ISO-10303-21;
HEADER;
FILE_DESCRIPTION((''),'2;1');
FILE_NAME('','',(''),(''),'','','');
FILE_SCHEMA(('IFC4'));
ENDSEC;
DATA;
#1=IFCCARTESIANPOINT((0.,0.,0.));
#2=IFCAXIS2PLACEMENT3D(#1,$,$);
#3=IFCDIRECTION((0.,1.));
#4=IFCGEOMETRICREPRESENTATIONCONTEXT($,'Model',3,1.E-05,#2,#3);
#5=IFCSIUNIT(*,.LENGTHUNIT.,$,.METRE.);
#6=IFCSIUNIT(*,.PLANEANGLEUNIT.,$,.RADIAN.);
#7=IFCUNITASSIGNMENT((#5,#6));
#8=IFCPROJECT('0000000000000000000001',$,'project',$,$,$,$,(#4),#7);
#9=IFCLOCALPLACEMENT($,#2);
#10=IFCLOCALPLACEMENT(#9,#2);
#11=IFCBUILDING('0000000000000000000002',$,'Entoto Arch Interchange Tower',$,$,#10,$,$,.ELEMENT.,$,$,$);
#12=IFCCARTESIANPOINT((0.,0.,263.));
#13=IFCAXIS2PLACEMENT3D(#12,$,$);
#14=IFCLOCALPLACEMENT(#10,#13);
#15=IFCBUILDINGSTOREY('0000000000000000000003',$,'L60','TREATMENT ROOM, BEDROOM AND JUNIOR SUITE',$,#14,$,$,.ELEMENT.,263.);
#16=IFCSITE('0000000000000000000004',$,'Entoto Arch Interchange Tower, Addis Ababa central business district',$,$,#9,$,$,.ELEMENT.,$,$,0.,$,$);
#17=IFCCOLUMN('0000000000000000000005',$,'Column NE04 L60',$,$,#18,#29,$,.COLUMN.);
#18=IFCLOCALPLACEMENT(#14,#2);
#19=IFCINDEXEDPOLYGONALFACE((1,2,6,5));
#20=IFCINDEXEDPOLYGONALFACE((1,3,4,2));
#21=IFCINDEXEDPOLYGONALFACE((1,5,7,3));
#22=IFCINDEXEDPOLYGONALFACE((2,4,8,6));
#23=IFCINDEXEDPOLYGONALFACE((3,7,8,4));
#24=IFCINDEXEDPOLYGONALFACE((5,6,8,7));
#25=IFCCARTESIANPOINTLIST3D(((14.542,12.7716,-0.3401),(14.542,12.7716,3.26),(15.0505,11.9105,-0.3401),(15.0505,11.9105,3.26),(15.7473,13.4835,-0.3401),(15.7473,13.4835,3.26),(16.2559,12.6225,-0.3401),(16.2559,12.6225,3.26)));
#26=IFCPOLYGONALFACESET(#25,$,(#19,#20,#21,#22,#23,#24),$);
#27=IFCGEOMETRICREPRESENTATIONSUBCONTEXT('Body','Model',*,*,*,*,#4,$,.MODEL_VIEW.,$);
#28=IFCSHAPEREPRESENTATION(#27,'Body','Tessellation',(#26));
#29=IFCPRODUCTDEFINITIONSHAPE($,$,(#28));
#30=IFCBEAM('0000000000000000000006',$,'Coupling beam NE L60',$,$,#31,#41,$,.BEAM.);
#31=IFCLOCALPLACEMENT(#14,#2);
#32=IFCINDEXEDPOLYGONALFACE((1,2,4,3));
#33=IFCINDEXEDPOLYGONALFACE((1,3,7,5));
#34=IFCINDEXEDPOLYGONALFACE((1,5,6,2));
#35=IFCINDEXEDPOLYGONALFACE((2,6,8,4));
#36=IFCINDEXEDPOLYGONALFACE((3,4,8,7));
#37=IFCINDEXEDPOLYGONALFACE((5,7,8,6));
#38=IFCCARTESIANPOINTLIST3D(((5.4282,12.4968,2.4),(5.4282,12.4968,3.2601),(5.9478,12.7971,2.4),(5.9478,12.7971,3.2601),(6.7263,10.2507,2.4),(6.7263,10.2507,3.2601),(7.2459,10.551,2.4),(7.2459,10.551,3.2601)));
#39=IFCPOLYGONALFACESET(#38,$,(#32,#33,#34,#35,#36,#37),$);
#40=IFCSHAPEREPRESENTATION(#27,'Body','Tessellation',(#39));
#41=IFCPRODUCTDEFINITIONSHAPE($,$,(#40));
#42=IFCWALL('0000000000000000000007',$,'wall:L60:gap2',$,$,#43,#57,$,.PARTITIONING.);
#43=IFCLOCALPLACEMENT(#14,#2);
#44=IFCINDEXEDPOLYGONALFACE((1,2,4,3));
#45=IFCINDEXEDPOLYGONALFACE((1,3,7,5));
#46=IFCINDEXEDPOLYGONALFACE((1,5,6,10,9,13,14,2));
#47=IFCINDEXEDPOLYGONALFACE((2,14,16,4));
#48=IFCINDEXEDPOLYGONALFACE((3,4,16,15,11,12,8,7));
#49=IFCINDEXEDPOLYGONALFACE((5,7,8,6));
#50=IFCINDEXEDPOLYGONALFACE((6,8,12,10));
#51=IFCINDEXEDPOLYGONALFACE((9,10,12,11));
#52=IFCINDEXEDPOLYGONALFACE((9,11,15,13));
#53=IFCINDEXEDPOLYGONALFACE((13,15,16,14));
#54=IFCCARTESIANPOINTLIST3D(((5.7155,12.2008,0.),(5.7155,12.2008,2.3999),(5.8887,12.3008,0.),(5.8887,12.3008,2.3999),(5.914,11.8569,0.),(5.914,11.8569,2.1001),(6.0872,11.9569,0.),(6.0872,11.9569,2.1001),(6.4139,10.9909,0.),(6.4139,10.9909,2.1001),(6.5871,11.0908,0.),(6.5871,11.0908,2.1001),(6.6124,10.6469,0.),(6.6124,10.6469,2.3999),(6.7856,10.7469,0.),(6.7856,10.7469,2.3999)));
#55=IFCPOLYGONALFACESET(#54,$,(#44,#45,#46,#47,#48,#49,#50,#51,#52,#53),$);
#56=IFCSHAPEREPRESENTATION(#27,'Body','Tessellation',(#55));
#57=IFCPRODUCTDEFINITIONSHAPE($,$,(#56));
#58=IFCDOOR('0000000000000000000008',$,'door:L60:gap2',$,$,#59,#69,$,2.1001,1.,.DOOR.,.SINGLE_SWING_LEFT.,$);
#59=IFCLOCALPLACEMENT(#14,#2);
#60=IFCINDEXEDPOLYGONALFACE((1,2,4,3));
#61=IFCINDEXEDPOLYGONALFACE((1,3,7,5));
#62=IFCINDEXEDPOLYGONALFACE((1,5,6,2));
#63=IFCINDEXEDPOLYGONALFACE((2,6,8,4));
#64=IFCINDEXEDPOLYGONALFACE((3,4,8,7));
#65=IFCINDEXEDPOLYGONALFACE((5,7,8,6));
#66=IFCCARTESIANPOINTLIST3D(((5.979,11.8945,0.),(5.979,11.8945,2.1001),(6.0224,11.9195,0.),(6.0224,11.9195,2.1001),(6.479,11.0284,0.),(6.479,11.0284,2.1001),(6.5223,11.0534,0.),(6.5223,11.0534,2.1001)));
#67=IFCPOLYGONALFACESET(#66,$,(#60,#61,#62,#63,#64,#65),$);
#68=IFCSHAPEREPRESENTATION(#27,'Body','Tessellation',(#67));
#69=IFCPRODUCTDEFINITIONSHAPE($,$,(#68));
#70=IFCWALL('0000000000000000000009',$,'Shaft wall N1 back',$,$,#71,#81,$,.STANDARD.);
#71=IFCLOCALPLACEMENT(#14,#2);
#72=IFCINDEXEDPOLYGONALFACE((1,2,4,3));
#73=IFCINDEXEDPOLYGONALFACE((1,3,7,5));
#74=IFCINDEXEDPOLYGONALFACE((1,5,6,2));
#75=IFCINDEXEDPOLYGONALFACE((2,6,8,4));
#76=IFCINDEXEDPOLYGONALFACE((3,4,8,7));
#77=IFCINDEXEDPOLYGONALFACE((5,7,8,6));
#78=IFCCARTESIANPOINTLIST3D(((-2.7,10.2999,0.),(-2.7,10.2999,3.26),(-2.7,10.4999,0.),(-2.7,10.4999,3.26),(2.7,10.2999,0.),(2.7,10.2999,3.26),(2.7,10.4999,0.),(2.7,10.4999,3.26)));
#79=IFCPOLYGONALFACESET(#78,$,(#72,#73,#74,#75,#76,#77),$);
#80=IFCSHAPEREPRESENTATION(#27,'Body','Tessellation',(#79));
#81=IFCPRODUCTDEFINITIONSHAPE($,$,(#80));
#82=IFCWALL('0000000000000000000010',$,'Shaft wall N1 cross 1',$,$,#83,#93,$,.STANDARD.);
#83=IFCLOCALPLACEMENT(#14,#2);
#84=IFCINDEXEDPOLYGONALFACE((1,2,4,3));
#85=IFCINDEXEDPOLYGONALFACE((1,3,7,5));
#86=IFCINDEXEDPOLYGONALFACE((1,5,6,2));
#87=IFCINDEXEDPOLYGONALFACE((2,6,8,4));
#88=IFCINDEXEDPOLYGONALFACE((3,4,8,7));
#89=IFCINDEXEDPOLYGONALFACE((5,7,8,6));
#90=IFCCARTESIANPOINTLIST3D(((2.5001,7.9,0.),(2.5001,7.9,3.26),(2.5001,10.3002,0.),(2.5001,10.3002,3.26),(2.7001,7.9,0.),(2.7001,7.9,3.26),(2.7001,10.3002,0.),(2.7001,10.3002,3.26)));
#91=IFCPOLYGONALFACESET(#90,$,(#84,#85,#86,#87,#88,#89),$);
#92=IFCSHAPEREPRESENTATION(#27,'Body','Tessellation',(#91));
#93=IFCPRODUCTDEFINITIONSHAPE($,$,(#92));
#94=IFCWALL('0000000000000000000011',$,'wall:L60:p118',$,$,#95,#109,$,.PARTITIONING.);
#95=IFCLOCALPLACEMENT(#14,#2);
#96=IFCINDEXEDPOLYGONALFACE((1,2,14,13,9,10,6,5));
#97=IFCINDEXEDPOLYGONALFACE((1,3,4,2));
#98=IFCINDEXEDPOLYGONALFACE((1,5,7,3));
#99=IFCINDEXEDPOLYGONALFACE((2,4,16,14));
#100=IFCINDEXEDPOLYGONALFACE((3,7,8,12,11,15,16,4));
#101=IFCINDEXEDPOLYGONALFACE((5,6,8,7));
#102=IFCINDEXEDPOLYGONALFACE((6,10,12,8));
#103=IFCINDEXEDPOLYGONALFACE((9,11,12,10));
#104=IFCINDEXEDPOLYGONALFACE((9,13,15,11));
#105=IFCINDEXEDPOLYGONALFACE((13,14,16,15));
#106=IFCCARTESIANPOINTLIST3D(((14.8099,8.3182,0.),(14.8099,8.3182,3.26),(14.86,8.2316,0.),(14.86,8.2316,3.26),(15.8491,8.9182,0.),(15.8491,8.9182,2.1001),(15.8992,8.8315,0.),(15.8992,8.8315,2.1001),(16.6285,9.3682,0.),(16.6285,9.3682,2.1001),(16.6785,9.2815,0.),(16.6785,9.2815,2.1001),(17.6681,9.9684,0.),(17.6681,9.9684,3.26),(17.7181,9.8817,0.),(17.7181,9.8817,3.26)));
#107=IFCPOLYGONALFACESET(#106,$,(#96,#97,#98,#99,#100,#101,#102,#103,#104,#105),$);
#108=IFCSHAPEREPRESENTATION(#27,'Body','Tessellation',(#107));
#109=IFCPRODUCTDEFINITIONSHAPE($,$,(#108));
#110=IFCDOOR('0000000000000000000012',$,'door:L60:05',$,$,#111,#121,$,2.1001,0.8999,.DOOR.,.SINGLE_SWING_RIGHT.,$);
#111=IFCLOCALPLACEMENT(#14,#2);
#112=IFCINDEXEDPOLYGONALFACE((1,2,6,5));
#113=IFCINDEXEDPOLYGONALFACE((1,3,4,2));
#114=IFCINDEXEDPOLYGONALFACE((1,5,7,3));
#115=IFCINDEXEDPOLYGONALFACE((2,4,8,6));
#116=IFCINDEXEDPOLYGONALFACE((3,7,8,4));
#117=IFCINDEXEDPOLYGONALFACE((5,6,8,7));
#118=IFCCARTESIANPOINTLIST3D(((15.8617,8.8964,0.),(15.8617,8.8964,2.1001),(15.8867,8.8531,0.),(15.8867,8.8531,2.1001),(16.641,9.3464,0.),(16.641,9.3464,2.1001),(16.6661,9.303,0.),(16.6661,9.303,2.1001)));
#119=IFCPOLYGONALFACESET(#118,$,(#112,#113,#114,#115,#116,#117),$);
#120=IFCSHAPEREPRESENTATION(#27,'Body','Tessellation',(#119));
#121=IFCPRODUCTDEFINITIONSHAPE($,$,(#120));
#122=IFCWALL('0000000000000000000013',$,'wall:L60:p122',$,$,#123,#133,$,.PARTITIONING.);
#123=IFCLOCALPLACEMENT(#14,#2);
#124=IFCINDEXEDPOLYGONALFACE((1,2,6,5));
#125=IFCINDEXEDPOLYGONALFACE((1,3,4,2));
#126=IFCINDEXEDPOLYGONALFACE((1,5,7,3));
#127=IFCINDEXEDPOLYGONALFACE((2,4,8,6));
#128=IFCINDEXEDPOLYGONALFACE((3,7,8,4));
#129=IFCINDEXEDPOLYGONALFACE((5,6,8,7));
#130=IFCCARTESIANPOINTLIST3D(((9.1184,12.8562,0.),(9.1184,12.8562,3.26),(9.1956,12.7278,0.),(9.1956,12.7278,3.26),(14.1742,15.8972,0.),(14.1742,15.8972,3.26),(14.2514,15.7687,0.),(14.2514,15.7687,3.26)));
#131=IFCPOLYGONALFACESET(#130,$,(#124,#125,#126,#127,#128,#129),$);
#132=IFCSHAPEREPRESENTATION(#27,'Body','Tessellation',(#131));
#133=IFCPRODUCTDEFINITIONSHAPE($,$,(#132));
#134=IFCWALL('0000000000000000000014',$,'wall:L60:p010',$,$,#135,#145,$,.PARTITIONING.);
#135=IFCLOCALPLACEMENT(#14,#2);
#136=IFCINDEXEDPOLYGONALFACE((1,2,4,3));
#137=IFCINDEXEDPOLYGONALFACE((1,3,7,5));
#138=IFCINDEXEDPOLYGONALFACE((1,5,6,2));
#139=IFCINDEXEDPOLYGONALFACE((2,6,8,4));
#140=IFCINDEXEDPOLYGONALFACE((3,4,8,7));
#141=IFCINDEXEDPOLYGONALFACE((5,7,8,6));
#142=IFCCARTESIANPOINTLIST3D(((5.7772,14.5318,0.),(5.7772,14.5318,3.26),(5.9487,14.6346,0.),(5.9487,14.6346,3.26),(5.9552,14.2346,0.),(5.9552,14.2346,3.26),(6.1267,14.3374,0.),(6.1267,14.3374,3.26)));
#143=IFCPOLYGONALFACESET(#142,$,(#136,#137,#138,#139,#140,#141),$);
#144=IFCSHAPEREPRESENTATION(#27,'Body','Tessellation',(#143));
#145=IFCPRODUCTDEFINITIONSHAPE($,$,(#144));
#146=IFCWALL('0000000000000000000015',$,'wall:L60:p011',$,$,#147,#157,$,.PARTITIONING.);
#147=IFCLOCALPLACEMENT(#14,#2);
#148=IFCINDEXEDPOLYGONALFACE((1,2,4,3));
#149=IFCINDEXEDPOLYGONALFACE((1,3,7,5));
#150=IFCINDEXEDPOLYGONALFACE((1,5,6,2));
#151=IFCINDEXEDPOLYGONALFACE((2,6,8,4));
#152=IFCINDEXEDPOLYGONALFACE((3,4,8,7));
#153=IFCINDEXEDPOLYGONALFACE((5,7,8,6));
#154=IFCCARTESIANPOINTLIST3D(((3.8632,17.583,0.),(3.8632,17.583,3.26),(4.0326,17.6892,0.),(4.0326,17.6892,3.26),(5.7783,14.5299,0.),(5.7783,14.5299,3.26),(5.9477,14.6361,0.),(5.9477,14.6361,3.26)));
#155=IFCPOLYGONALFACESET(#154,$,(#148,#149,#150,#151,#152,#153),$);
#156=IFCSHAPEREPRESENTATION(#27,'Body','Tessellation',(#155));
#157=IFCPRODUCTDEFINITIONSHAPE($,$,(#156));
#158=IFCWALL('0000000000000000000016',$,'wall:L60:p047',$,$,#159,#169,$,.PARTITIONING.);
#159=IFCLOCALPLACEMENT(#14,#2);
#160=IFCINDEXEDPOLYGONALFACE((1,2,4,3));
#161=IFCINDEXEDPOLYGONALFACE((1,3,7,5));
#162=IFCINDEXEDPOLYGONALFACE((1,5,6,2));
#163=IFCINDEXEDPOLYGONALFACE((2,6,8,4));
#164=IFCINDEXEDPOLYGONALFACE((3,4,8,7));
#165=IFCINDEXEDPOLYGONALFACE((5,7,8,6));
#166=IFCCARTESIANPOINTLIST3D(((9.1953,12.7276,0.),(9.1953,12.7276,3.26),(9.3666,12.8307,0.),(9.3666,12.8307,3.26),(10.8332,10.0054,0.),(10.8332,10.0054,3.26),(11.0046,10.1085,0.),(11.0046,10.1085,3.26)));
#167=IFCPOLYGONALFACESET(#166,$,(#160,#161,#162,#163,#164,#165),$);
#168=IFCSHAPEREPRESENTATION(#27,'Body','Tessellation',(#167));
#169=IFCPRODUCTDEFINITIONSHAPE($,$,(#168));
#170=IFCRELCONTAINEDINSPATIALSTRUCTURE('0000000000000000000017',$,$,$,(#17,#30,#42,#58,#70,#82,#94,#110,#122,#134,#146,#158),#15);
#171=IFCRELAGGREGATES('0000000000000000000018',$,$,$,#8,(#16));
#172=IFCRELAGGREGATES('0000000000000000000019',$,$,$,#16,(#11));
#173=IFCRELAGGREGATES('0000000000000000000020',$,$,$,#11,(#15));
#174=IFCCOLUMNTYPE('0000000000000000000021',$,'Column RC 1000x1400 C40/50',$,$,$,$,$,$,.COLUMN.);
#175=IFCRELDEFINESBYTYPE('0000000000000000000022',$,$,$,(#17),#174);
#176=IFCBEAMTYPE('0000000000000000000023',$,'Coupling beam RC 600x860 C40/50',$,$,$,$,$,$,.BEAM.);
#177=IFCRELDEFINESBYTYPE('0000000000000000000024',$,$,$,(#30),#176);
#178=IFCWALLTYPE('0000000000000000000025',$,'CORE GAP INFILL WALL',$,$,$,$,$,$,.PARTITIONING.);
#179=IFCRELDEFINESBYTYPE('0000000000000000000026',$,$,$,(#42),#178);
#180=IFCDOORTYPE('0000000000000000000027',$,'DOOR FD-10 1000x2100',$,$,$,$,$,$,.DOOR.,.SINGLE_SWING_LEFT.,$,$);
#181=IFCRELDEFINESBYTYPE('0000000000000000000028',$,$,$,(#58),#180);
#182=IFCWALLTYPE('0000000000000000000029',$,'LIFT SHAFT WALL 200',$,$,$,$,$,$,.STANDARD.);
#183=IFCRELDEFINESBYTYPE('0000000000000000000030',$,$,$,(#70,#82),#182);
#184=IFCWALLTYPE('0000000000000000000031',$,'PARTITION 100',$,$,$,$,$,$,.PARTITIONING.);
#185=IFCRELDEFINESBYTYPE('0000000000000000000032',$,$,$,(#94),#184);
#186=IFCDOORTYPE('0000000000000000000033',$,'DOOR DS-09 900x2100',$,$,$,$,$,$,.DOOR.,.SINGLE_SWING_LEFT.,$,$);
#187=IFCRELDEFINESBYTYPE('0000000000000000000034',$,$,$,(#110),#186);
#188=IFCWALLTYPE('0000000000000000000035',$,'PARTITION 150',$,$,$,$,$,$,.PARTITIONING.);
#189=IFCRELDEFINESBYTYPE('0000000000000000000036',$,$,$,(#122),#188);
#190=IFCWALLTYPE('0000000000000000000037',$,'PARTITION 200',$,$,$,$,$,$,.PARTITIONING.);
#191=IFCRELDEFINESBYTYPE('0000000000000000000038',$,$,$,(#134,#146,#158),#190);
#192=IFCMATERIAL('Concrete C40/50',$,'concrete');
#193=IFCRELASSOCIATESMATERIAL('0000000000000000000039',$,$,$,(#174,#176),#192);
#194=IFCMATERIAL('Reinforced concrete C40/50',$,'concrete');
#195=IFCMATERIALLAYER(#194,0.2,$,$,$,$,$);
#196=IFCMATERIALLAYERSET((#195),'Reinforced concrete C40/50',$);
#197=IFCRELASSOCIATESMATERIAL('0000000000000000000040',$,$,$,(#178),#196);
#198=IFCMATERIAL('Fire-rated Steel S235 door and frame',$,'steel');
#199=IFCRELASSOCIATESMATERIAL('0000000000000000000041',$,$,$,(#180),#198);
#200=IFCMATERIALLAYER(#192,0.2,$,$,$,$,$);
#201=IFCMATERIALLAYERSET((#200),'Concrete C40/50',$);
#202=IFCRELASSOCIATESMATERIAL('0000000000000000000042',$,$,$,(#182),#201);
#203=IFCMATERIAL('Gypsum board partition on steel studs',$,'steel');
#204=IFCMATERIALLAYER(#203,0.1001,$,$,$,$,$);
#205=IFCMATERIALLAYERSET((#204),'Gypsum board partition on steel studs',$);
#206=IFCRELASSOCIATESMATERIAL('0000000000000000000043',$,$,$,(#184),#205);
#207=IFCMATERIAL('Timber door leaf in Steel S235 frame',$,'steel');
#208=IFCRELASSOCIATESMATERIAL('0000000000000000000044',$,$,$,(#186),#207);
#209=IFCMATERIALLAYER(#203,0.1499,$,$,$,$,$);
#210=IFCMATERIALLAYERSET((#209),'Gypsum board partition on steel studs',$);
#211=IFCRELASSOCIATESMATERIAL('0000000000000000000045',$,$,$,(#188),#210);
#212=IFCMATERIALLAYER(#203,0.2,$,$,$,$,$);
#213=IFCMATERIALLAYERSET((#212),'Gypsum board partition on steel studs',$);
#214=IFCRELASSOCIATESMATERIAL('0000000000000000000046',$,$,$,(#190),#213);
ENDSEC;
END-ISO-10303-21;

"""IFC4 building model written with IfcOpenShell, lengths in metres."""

from ifc_helpers import new_model, si_unit, direction, frame, frame_2d, origin, origin_2d, place, context, subcontext, project, spatial, rectangle, extrude, material, layer, layer_set, material_profile, profile_set, type_object, element, fill, save


model = new_model("IFC4")

# Units and contexts
model_context = context("Model", 3, precision=1e-05, world=origin(), true_north=direction((0.0, 1.0)))
body_context = subcontext(model_context, "Body", "Model", "MODEL_VIEW")
ifc_project = project(units=[si_unit("LENGTHUNIT", "METRE"), si_unit("PLANEANGLEUNIT", "RADIAN")], contexts=[model_context])

# Site, building, storey
site_placement = place(None, origin())
site = spatial("IfcSite", under=ifc_project, at=site_placement, Name="Entoto Arch Interchange Tower, Addis Ababa central business district", CompositionType="ELEMENT", RefElevation=0.0)
building_placement = place(site_placement, origin())
building = spatial("IfcBuilding", under=site, at=building_placement, Name="Entoto Arch Interchange Tower", CompositionType="ELEMENT")
storey_placement = place(building_placement, frame((0.0, 0.0, 263.0)))
storey = spatial("IfcBuildingStorey", under=building, at=storey_placement, Name="L60", Description="TREATMENT ROOM, BEDROOM AND JUNIOR SUITE", CompositionType="ELEMENT", Elevation=263.0)

# Column
ifc_material_1 = material(Name="Concrete C40/50", Category="concrete")
ifc_material_profile_1 = material_profile(ifc_material_1, rectangle(XDim=1.0, YDim=1.3999, at=origin_2d()))
ifc_profile_set_1 = profile_set([ifc_material_profile_1], Name="Concrete C40/50")
column_type = type_object("IfcColumnType", Name="Column RC 1000x1400 C40/50", PredefinedType="COLUMN", material=ifc_profile_set_1)
column_placement = place(storey_placement, frame((15.3989, 12.697, -0.3401), z_axis=(0.0, 0.0, 1.0), x_axis=(-0.508576, 0.861017, 0.0)))
element("IfcColumn", 1, at=column_placement, inside=storey, type_object=column_type, Name="Column NE04 L60", PredefinedType="COLUMN", context=body_context, shape_type="SweptSolid", body=[
    extrude(rectangle(XDim=1.0, YDim=1.3999, at=origin_2d()), origin(), (0.0, 0.0, 1.0), 3.6001),
])

# Beam
ifc_material_profile_2 = material_profile(ifc_material_1, rectangle(XDim=0.6001, YDim=0.8601, at=origin_2d()))
ifc_profile_set_2 = profile_set([ifc_material_profile_2], Name="Concrete C40/50")
beam_type = type_object("IfcBeamType", Name="Coupling beam RC 600x860 C40/50", PredefinedType="BEAM", material=ifc_profile_set_2)
beam_placement = place(storey_placement, frame((6.9861, 10.4009, 2.8301), z_axis=(-0.50038, 0.865806, 0.0), x_axis=(-0.865806, -0.50038, 0.0)))
element("IfcBeam", 2, at=beam_placement, inside=storey, type_object=beam_type, Name="Coupling beam NE L60", PredefinedType="BEAM", context=body_context, shape_type="SweptSolid", body=[
    extrude(rectangle(XDim=0.6001, YDim=0.8601, at=origin_2d()), origin(), (0.0, 0.0, 1.0), 2.5942),
])

# Wall, opening, door
ifc_material_2 = material(Name="Reinforced concrete C40/50", Category="concrete")
ifc_layer_1 = layer(ifc_material_2, 0.2)
ifc_layer_set_1 = layer_set([ifc_layer_1], Name="Reinforced concrete C40/50")
wall_type_1 = type_object("IfcWallType", Name="CORE GAP INFILL WALL", PredefinedType="PARTITIONING", material=ifc_layer_set_1)
wall_1_placement = place(storey_placement, frame((6.699, 10.697, 0.0), z_axis=(0.0, 0.0, 1.0), x_axis=(-0.499915, 0.866075, 0.0)))
wall_1 = element("IfcWall", 3, at=wall_1_placement, inside=storey, type_object=wall_type_1, Name="wall:L60:gap2", PredefinedType="PARTITIONING", context=body_context, shape_type="SweptSolid", body=[
    extrude(rectangle(XDim=1.7942, YDim=0.2, at=frame_2d((0.897, 0.0))), origin(), (0.0, 0.0, 1.0), 2.3999),
])
opening_1_placement = place(wall_1_placement, frame((0.397, 0.0, 0.0)))
opening_1 = element("IfcOpeningElement", 4, at=opening_1_placement, cuts=wall_1, PredefinedType="OPENING", context=body_context, shape_type="SweptSolid", body=[
    extrude(rectangle(XDim=1.0, YDim=2.1001, at=frame_2d((0.5, 1.05))), frame((0.0, 0.1099, 0.0), z_axis=(0.0, -1.0, 0.0), x_axis=(1.0, 0.0, 0.0)), (0.0, 0.0, 1.0), 0.22),
])
ifc_material_3 = material(Name="Fire-rated Steel S235 door and frame", Category="steel")
door_type_1 = type_object("IfcDoorType", Name="DOOR FD-10 1000x2100", OperationType="SINGLE_SWING_LEFT", PredefinedType="DOOR", material=ifc_material_3)
door_1_placement = place(opening_1_placement, origin())
door_1 = element("IfcDoor", 5, at=door_1_placement, inside=storey, type_object=door_type_1, Name="door:L60:gap2", OperationType="SINGLE_SWING_LEFT", OverallHeight=2.1001, OverallWidth=1.0, PredefinedType="DOOR", context=body_context, shape_type="SweptSolid", body=[
    extrude(rectangle(XDim=1.0, YDim=2.1001, at=frame_2d((0.5, 1.05))), frame((0.0, 0.0249, 0.0), z_axis=(0.0, -1.0, 0.0), x_axis=(1.0, 0.0, 0.0)), (0.0, 0.0, 1.0), 0.05),
])
fill(opening_1, door_1)

# Walls
ifc_layer_2 = layer(ifc_material_1, 0.2)
ifc_layer_set_2 = layer_set([ifc_layer_2], Name="Concrete C40/50")
wall_type_2 = type_object("IfcWallType", Name="LIFT SHAFT WALL 200", PredefinedType="STANDARD", material=ifc_layer_set_2)
wall_2_placement = place(storey_placement, frame((2.7, 10.3999, 0.0), z_axis=(0.0, 0.0, 1.0), x_axis=(-1.0, 0.0, 0.0)))
element("IfcWall", 6, at=wall_2_placement, inside=storey, type_object=wall_type_2, Name="Shaft wall N1 back", PredefinedType="STANDARD", context=body_context, shape_type="SweptSolid", body=[
    extrude(rectangle(XDim=5.3999, YDim=0.2, at=frame_2d((2.7, 0.0))), origin(), (0.0, 0.0, 1.0), 3.26),
])
wall_3_placement = place(storey_placement, frame((2.6001, 7.8999, 0.0), z_axis=(0.0, 0.0, 1.0), x_axis=(0.0, 1.0, 0.0)))
element("IfcWall", 7, at=wall_3_placement, inside=storey, type_object=wall_type_2, Name="Shaft wall N1 cross 1", PredefinedType="STANDARD", context=body_context, shape_type="SweptSolid", body=[
    extrude(rectangle(XDim=2.4001, YDim=0.2, at=frame_2d((1.2002, 0.0))), origin(), (0.0, 0.0, 1.0), 3.26),
])

# Wall, opening, door
ifc_material_4 = material(Name="Gypsum board partition on steel studs", Category="steel")
ifc_layer_3 = layer(ifc_material_4, 0.1001)
ifc_layer_set_3 = layer_set([ifc_layer_3], Name="Gypsum board partition on steel studs")
wall_type_3 = type_object("IfcWallType", Name="PARTITION 100", PredefinedType="PARTITIONING", material=ifc_layer_set_3)
wall_4_placement = place(storey_placement, frame((14.835, 8.2749, 0.0), z_axis=(0.0, 0.0, 1.0), x_axis=(0.866027, 0.499998, 0.0)))
wall_4 = element("IfcWall", 8, at=wall_4_placement, inside=storey, type_object=wall_type_3, Name="wall:L60:p118", PredefinedType="PARTITIONING", context=body_context, shape_type="SweptSolid", body=[
    extrude(rectangle(XDim=3.3003, YDim=0.1001, at=frame_2d((1.6501, 0.0))), origin(), (0.0, 0.0, 1.0), 3.26),
])
opening_2_placement = place(wall_4_placement, frame((1.2, 0.0, 0.0)))
opening_2 = element("IfcOpeningElement", 9, at=opening_2_placement, cuts=wall_4, PredefinedType="OPENING", context=body_context, shape_type="SweptSolid", body=[
    extrude(rectangle(XDim=0.8999, YDim=2.1001, at=frame_2d((0.45, 1.05))), frame((0.0, 0.0601, 0.0), z_axis=(0.0, -1.0, 0.0), x_axis=(1.0, 0.0, 0.0)), (0.0, 0.0, 1.0), 0.1201),
])
ifc_material_5 = material(Name="Timber door leaf in Steel S235 frame", Category="steel")
door_type_2 = type_object("IfcDoorType", Name="DOOR DS-09 900x2100", OperationType="SINGLE_SWING_LEFT", PredefinedType="DOOR", material=ifc_material_5)
door_2_placement = place(opening_2_placement, origin())
door_2 = element("IfcDoor", 10, at=door_2_placement, inside=storey, type_object=door_type_2, Name="door:L60:05", OperationType="SINGLE_SWING_RIGHT", OverallHeight=2.1001, OverallWidth=0.8999, PredefinedType="DOOR", context=body_context, shape_type="SweptSolid", body=[
    extrude(rectangle(XDim=0.8999, YDim=2.1001, at=frame_2d((0.45, 1.05))), frame((0.0, 0.0249, 0.0), z_axis=(0.0, -1.0, 0.0), x_axis=(1.0, 0.0, 0.0)), (0.0, 0.0, 1.0), 0.05),
])
fill(opening_2, door_2)

# Walls
ifc_layer_4 = layer(ifc_material_4, 0.1499)
ifc_layer_set_4 = layer_set([ifc_layer_4], Name="Gypsum board partition on steel studs")
wall_type_4 = type_object("IfcWallType", Name="PARTITION 150", PredefinedType="PARTITIONING", material=ifc_layer_set_4)
wall_5_placement = place(storey_placement, frame((9.157, 12.792, 0.0), z_axis=(0.0, 0.0, 1.0), x_axis=(0.856934, 0.515426, 0.0)))
element("IfcWall", 11, at=wall_5_placement, inside=storey, type_object=wall_type_4, Name="wall:L60:p122", PredefinedType="PARTITIONING", context=body_context, shape_type="SweptSolid", body=[
    extrude(rectangle(XDim=5.8999, YDim=0.1499, at=frame_2d((2.95, 0.0))), origin(), (0.0, 0.0, 1.0), 3.26),
])
ifc_layer_5 = layer(ifc_material_4, 0.2)
ifc_layer_set_5 = layer_set([ifc_layer_5], Name="Gypsum board partition on steel studs")
wall_type_5 = type_object("IfcWallType", Name="PARTITION 200", PredefinedType="PARTITIONING", material=ifc_layer_set_5)
wall_6_placement = place(storey_placement, frame((6.041, 14.2859, 0.0), z_axis=(0.0, 0.0, 1.0), x_axis=(-0.513874, 0.857866, 0.0)))
element("IfcWall", 12, at=wall_6_placement, inside=storey, type_object=wall_type_5, Name="wall:L60:p010", PredefinedType="PARTITIONING", context=body_context, shape_type="SweptSolid", body=[
    extrude(rectangle(XDim=0.3464, YDim=0.2, at=frame_2d((0.1733, 0.0))), origin(), (0.0, 0.0, 1.0), 3.26),
])
wall_7_placement = place(storey_placement, frame((5.863, 14.583, 0.0), z_axis=(0.0, 0.0, 1.0), x_axis=(-0.531381, 0.847133, 0.0)))
element("IfcWall", 13, at=wall_7_placement, inside=storey, type_object=wall_type_5, Name="wall:L60:p011", PredefinedType="PARTITIONING", context=body_context, shape_type="SweptSolid", body=[
    extrude(rectangle(XDim=3.604, YDim=0.2, at=frame_2d((1.802, 0.0))), origin(), (0.0, 0.0, 1.0), 3.26),
])
wall_8_placement = place(storey_placement, frame((9.281, 12.7791, 0.0), z_axis=(0.0, 0.0, 1.0), x_axis=(0.515569, -0.856848, 0.0)))
element("IfcWall", 14, at=wall_8_placement, inside=storey, type_object=wall_type_5, Name="wall:L60:p047", PredefinedType="PARTITIONING", context=body_context, shape_type="SweptSolid", body=[
    extrude(rectangle(XDim=3.177, YDim=0.2, at=frame_2d((1.5884, 0.0))), origin(), (0.0, 0.0, 1.0), 3.26),
])

save(model, "model.ifc")
